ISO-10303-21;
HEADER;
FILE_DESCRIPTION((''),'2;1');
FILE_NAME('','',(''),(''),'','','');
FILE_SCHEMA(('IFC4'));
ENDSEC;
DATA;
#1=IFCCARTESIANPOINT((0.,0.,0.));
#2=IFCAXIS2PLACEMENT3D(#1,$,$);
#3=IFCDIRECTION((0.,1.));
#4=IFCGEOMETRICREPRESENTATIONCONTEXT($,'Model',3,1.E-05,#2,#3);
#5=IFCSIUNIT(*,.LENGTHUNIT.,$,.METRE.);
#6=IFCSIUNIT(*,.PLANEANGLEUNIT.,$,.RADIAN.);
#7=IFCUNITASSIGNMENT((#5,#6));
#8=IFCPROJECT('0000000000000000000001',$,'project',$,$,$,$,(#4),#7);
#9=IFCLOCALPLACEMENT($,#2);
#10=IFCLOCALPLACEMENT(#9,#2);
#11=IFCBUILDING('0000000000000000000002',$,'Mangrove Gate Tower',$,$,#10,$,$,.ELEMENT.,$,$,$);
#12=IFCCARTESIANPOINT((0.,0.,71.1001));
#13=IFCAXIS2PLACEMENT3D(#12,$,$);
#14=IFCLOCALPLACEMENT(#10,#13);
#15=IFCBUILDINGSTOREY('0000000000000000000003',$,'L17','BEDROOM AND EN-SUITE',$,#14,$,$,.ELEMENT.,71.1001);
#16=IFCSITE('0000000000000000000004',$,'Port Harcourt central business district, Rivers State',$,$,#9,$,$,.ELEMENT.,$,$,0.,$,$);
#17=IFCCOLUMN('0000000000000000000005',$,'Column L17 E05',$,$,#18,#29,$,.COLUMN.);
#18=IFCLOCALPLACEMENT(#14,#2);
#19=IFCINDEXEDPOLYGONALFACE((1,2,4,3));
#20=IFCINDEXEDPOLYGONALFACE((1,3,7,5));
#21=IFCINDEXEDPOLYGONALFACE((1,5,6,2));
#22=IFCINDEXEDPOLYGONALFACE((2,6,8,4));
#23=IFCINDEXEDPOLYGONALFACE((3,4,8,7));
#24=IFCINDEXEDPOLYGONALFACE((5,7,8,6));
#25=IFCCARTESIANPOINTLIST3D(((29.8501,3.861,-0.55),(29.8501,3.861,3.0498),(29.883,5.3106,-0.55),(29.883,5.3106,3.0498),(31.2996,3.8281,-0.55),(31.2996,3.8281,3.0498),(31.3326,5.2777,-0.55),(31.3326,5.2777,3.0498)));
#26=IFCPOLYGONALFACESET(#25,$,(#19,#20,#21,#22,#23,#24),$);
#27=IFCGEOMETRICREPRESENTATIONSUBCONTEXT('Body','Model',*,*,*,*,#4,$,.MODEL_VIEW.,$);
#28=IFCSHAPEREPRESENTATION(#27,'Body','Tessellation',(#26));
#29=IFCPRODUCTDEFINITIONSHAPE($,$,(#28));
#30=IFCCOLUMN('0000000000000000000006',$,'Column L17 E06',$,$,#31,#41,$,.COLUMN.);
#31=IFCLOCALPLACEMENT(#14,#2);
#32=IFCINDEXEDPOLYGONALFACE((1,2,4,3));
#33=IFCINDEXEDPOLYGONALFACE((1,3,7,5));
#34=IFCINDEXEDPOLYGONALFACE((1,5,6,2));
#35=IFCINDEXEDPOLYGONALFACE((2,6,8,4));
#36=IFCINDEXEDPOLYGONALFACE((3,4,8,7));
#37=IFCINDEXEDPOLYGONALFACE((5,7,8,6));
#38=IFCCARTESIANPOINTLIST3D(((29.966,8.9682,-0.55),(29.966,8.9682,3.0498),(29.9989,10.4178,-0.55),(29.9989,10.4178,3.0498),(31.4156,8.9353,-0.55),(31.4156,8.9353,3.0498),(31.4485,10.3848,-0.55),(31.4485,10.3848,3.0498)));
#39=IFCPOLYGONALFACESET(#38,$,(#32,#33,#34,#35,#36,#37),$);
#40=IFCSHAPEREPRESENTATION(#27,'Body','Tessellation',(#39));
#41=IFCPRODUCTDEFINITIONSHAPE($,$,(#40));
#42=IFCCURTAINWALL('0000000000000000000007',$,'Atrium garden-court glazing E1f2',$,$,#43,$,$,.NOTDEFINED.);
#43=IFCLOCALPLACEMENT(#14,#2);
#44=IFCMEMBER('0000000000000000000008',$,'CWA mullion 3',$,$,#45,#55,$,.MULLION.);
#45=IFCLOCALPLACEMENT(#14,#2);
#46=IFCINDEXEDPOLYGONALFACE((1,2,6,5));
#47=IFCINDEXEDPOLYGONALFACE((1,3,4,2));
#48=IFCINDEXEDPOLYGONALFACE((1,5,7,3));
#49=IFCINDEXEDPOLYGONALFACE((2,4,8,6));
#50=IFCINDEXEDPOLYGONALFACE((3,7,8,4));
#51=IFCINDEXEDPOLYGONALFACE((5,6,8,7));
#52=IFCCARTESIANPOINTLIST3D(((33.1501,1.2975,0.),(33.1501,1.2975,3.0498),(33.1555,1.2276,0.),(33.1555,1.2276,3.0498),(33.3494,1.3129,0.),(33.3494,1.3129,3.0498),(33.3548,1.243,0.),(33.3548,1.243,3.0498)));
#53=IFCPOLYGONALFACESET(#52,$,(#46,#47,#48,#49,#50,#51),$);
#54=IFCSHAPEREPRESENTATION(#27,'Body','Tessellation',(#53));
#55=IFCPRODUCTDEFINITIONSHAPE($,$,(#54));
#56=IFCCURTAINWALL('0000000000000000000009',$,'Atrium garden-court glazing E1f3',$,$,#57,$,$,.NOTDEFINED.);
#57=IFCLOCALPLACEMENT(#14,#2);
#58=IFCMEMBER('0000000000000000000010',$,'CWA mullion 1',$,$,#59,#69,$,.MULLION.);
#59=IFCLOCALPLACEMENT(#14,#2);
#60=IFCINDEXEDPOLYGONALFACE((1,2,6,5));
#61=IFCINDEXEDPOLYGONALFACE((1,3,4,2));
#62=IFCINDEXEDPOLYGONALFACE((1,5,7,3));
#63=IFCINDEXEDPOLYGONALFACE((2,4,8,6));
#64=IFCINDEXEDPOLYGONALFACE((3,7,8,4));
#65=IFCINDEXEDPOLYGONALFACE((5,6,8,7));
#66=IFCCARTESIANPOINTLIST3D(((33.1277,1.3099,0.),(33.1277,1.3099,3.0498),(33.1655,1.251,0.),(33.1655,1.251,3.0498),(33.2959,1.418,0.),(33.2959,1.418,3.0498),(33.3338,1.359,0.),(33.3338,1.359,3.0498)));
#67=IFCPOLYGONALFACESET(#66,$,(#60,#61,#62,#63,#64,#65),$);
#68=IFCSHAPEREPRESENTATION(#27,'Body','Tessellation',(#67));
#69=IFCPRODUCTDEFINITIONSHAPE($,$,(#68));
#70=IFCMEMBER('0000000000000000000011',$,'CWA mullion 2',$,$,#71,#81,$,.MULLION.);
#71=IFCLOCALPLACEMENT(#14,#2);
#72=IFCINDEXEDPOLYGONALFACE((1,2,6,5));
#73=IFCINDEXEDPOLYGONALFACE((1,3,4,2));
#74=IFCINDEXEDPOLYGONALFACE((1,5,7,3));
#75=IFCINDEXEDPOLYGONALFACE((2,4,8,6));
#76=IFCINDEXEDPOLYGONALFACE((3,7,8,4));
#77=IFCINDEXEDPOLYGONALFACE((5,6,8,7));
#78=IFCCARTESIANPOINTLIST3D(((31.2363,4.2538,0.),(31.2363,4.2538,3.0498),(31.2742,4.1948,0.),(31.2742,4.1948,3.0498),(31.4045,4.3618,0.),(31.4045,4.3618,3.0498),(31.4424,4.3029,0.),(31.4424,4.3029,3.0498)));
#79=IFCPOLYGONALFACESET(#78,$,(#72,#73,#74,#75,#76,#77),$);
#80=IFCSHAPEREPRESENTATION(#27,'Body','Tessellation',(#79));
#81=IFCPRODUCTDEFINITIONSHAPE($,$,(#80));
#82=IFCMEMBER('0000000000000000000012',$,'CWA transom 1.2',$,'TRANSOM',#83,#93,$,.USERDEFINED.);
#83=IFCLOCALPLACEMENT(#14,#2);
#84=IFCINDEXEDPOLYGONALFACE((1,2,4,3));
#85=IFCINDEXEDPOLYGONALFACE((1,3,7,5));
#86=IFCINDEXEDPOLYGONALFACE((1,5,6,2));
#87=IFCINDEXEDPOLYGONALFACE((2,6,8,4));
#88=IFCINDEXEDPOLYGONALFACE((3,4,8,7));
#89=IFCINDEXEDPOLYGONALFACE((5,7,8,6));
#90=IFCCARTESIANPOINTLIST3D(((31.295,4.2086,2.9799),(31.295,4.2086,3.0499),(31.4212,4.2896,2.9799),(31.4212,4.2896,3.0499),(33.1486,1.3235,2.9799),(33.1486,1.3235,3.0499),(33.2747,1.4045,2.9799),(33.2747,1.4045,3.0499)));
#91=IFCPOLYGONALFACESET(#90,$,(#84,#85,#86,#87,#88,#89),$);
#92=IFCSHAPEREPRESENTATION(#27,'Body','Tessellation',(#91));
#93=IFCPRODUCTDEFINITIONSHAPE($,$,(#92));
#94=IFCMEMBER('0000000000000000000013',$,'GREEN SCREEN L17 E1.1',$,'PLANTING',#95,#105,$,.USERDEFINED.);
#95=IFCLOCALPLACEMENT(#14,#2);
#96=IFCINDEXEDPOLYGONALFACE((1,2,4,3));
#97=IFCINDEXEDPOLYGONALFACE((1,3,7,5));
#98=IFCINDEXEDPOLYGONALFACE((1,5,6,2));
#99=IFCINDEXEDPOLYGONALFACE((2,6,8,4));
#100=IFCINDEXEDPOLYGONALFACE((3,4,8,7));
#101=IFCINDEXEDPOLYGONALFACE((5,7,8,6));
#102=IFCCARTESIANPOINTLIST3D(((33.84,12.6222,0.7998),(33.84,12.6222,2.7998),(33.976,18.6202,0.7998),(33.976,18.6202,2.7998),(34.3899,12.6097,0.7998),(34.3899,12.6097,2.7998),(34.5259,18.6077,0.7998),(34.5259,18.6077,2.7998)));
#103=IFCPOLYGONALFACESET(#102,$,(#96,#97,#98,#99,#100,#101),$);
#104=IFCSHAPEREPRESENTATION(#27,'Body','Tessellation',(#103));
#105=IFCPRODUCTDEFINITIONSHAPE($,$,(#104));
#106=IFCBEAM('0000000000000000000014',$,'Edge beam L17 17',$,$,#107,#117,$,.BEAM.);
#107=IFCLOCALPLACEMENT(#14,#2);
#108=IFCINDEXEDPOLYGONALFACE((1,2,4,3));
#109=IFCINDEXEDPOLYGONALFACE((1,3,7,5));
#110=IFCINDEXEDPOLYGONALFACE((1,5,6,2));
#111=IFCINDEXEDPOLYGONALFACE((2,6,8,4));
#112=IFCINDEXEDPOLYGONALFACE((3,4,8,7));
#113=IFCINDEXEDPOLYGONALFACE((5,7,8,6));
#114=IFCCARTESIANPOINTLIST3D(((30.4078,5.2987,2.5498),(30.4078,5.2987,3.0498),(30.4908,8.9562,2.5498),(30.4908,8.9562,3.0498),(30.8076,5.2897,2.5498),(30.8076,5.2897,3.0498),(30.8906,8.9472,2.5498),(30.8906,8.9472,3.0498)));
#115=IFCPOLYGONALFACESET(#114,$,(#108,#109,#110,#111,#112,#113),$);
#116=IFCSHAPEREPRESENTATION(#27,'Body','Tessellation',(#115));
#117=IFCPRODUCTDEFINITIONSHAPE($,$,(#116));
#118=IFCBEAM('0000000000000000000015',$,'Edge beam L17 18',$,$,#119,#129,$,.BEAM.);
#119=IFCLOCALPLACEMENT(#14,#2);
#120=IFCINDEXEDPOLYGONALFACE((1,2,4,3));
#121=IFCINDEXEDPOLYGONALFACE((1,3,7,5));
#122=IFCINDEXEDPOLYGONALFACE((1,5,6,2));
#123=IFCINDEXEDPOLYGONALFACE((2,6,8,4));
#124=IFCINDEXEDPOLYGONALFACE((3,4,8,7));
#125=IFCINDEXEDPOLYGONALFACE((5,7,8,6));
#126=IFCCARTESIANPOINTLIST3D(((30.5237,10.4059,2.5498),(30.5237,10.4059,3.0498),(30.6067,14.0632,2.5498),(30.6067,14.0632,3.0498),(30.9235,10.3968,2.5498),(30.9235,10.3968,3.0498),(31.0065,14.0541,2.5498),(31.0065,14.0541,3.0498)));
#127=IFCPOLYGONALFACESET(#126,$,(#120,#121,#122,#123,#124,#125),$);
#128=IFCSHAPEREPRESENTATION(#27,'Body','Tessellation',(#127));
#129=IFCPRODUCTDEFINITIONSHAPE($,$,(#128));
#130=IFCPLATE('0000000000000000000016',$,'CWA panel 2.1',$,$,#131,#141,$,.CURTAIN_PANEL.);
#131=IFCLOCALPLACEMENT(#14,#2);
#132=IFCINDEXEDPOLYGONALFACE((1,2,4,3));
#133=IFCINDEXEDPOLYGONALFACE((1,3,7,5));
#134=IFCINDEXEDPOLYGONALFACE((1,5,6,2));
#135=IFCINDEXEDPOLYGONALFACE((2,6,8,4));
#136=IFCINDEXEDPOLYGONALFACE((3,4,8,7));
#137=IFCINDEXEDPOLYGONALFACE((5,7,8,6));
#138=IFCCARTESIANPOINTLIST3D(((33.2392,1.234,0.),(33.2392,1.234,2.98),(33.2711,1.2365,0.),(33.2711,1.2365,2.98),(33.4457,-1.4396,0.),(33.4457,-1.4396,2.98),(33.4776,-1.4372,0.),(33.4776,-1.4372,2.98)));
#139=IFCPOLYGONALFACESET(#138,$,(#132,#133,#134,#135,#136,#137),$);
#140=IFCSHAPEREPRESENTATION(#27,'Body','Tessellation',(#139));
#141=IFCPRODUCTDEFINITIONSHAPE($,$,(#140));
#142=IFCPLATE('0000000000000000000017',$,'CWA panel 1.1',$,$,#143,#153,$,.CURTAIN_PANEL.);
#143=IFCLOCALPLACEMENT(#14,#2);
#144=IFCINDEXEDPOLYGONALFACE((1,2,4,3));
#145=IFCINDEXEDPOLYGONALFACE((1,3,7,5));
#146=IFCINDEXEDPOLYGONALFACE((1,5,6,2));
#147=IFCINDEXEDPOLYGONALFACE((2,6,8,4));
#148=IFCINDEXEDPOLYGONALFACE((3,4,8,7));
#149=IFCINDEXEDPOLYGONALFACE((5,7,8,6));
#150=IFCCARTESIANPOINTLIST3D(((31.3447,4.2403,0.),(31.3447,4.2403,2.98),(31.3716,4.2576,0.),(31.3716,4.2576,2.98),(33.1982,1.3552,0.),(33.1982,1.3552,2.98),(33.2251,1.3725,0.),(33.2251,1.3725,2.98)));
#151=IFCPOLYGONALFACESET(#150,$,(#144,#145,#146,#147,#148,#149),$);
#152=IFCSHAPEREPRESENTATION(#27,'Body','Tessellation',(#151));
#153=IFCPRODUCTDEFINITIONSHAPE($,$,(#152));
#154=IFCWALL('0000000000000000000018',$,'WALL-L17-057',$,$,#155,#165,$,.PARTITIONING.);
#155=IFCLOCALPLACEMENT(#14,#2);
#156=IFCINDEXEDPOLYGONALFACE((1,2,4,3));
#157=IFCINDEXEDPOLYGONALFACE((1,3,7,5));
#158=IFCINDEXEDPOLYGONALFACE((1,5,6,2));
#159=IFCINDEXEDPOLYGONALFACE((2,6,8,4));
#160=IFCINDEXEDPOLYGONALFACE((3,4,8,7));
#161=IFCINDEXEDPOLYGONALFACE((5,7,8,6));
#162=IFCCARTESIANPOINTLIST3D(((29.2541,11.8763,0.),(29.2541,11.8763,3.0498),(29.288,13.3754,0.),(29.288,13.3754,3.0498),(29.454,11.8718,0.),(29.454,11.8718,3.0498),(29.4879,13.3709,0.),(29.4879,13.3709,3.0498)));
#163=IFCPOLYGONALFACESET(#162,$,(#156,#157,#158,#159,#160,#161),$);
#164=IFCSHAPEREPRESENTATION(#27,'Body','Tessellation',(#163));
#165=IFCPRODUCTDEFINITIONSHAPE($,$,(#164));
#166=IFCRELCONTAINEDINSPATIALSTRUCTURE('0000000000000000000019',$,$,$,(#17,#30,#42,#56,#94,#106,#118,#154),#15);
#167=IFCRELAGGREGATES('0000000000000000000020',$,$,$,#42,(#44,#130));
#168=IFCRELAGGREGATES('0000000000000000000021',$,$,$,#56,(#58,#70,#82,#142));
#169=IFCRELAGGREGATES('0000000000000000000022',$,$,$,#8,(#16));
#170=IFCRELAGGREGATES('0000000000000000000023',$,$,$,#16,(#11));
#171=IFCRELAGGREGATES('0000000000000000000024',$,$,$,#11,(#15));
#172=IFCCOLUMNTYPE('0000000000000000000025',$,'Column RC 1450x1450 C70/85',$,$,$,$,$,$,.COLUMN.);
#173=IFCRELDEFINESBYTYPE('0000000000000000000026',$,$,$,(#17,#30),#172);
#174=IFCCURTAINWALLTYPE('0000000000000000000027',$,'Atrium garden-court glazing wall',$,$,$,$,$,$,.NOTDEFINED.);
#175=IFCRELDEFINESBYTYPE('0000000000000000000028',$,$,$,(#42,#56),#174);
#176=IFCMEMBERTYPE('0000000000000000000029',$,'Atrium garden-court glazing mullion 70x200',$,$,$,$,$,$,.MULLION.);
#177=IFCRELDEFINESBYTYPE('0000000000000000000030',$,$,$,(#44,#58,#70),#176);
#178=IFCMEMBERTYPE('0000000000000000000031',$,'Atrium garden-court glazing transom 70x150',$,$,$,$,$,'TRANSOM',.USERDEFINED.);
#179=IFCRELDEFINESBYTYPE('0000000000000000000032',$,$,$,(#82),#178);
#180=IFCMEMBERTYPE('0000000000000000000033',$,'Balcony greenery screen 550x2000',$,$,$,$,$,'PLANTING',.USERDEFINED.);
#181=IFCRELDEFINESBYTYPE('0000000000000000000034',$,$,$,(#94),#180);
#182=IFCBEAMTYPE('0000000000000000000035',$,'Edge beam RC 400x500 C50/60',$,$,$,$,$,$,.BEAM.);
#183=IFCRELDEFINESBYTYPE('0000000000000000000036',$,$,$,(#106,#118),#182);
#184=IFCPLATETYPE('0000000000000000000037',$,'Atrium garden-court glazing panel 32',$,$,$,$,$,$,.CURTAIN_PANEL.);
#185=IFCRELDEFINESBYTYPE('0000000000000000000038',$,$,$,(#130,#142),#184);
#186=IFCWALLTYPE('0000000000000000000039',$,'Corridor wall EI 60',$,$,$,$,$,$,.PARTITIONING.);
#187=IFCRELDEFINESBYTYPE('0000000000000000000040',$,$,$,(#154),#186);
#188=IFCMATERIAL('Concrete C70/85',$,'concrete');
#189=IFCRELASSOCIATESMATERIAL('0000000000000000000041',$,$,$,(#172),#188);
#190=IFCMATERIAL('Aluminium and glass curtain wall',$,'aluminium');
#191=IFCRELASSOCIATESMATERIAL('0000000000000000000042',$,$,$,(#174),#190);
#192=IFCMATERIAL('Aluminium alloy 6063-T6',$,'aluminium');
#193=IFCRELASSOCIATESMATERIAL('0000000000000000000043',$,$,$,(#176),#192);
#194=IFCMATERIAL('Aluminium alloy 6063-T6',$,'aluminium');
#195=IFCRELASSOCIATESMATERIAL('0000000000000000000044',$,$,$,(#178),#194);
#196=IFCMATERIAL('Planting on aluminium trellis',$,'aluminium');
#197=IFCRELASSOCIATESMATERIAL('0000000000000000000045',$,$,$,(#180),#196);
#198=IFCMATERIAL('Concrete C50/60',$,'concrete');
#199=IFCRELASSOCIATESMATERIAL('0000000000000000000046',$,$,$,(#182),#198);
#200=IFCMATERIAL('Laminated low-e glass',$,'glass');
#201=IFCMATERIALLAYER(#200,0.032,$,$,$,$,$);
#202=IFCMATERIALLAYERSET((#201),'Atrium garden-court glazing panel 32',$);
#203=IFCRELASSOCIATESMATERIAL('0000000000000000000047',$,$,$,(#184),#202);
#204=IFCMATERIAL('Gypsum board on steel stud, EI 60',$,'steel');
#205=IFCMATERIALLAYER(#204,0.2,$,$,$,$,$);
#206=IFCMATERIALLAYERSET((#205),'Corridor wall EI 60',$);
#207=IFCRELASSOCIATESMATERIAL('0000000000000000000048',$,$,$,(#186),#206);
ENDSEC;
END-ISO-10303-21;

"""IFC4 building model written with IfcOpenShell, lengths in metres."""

from ifc_helpers import new_model, si_unit, direction, frame, frame_2d, origin, origin_2d, place, context, subcontext, project, spatial, rectangle, extrude, material, layer, layer_set, material_profile, profile_set, type_object, element, aggregate, save


model = new_model("IFC4")

# Units and contexts
model_context = context("Model", 3, precision=1e-05, world=origin(), true_north=direction((0.0, 1.0)))
body_context = subcontext(model_context, "Body", "Model", "MODEL_VIEW")
ifc_project = project(units=[si_unit("LENGTHUNIT", "METRE"), si_unit("PLANEANGLEUNIT", "RADIAN")], contexts=[model_context])

# Site, building, storey
site_placement = place(None, origin())
site = spatial("IfcSite", under=ifc_project, at=site_placement, Name="Port Harcourt central business district, Rivers State", CompositionType="ELEMENT", RefElevation=0.0)
building_placement = place(site_placement, origin())
building = spatial("IfcBuilding", under=site, at=building_placement, Name="Mangrove Gate Tower", CompositionType="ELEMENT")
storey_placement = place(building_placement, frame((0.0, 0.0, 71.1001)))
storey = spatial("IfcBuildingStorey", under=building, at=storey_placement, Name="L17", Description="BEDROOM AND EN-SUITE", CompositionType="ELEMENT", Elevation=71.1001)

# Columns
ifc_material_1 = material(Name="Concrete C70/85", Category="concrete")
ifc_material_profile_1 = material_profile(ifc_material_1, rectangle(XDim=1.45, YDim=1.45, at=origin_2d()))
ifc_profile_set_1 = profile_set([ifc_material_profile_1], Name="Concrete C70/85")
column_type = type_object("IfcColumnType", Name="Column RC 1450x1450 C70/85", PredefinedType="COLUMN", material=ifc_profile_set_1)
for number, where, z_axis, x_axis, name in (
    (1, (30.5913, 4.5693, -0.55), (0.0, 0.0, 1.0), (0.022695, 0.999742, 0.0), "Column L17 E05"),
    (2, (30.7073, 9.6765, -0.55), (0.0, 0.0, 1.0), (0.022708, 0.999742, 0.0), "Column L17 E06"),
):
    element("IfcColumn", number, at=place(storey_placement, frame(where, z_axis=z_axis, x_axis=x_axis)), inside=storey, type_object=column_type, Name=name, PredefinedType="COLUMN", context=body_context, shape_type="SweptSolid", body=[
        extrude(rectangle(XDim=1.45, YDim=1.45, at=origin_2d()), origin(), (0.0, 0.0, 1.0), 3.5999),
    ])

# Curtain wall, member
ifc_material_2 = material(Name="Aluminium and glass curtain wall", Category="aluminium")
curtain_wall_type = type_object("IfcCurtainWallType", Name="Atrium garden-court glazing wall", PredefinedType="NOTDEFINED", material=ifc_material_2)
curtain_wall_1_placement = place(storey_placement, origin())
curtain_wall_1 = element("IfcCurtainWall", 3, at=curtain_wall_1_placement, inside=storey, type_object=curtain_wall_type, Name="Atrium garden-court glazing E1f2", PredefinedType="NOTDEFINED")
ifc_material_3 = material(Name="Aluminium alloy 6063-T6", Category="aluminium")
ifc_material_profile_2 = material_profile(ifc_material_3, rectangle(XDim=0.0701, YDim=0.2, at=origin_2d()))
ifc_profile_set_2 = profile_set([ifc_material_profile_2], Name="Aluminium alloy 6063-T6")
member_type_1 = type_object("IfcMemberType", Name="Atrium garden-court glazing mullion 70x200", PredefinedType="MULLION", material=ifc_profile_set_2)
member_1_placement = place(storey_placement, frame((33.2524, 1.2703, 0.0), z_axis=(0.0, 0.0, 1.0), x_axis=(-0.077023, 0.997029, 0.0)))
member_1 = element("IfcMember", 4, at=member_1_placement, type_object=member_type_1, Name="CWA mullion 3", PredefinedType="MULLION", context=body_context, shape_type="SweptSolid", body=[
    extrude(rectangle(XDim=0.0701, YDim=0.2, at=origin_2d()), origin(), (0.0, 0.0, 1.0), 3.0498),
])

# Curtain wall, members
curtain_wall_2_placement = place(storey_placement, origin())
curtain_wall_2 = element("IfcCurtainWall", 5, at=curtain_wall_2_placement, inside=storey, type_object=curtain_wall_type, Name="Atrium garden-court glazing E1f3", PredefinedType="NOTDEFINED")
member_2_placement = place(storey_placement, frame((33.2307, 1.3345, 0.0), z_axis=(0.0, 0.0, 1.0), x_axis=(-0.540525, 0.841328, 0.0)))
member_2 = element("IfcMember", 6, at=member_2_placement, type_object=member_type_1, Name="CWA mullion 1", PredefinedType="MULLION", context=body_context, shape_type="SweptSolid", body=[
    extrude(rectangle(XDim=0.0701, YDim=0.2, at=origin_2d()), origin(), (0.0, 0.0, 1.0), 3.0498),
])
member_3_placement = place(storey_placement, frame((31.3394, 4.2783, 0.0), z_axis=(0.0, 0.0, 1.0), x_axis=(-0.540525, 0.841328, 0.0)))
member_3 = element("IfcMember", 7, at=member_3_placement, type_object=member_type_1, Name="CWA mullion 2", PredefinedType="MULLION", context=body_context, shape_type="SweptSolid", body=[
    extrude(rectangle(XDim=0.0701, YDim=0.2, at=origin_2d()), origin(), (0.0, 0.0, 1.0), 3.0498),
])
ifc_material_4 = material(Name="Aluminium alloy 6063-T6", Category="aluminium")
ifc_material_profile_3 = material_profile(ifc_material_4, rectangle(XDim=0.0701, YDim=0.1499, at=origin_2d()))
ifc_profile_set_3 = profile_set([ifc_material_profile_3], Name="Aluminium alloy 6063-T6")
member_type_2 = type_object("IfcMemberType", Name="Atrium garden-court glazing transom 70x150", ElementType="TRANSOM", PredefinedType="USERDEFINED", material=ifc_profile_set_3)
member_4_placement = place(storey_placement, frame((33.2117, 1.364, 3.0149), z_axis=(-0.540524, 0.841329, 0.0), x_axis=(0.0, 0.0, 1.0)))
member_4 = element("IfcMember", 8, at=member_4_placement, type_object=member_type_2, Name="CWA transom 1.2", ObjectType="TRANSOM", PredefinedType="USERDEFINED", context=body_context, shape_type="SweptSolid", body=[
    extrude(rectangle(XDim=0.0701, YDim=0.1499, at=origin_2d()), origin(), (0.0, 0.0, 1.0), 3.4292),
])

# Member
ifc_material_5 = material(Name="Planting on aluminium trellis", Category="aluminium")
ifc_material_profile_4 = material_profile(ifc_material_5, rectangle(XDim=0.55, YDim=2.0, at=origin_2d()))
ifc_profile_set_4 = profile_set([ifc_material_profile_4], Name="Planting on aluminium trellis")
member_type_3 = type_object("IfcMemberType", Name="Balcony greenery screen 550x2000", ElementType="PLANTING", PredefinedType="USERDEFINED", material=ifc_profile_set_4)
member_5_placement = place(storey_placement, frame((34.115, 12.616, 1.7998), z_axis=(0.022666, 0.999743, 0.0), x_axis=(-0.999743, 0.022666, 0.0)))
element("IfcMember", 9, at=member_5_placement, inside=storey, type_object=member_type_3, Name="GREEN SCREEN L17 E1.1", ObjectType="PLANTING", PredefinedType="USERDEFINED", context=body_context, shape_type="SweptSolid", body=[
    extrude(rectangle(XDim=0.55, YDim=2.0, at=origin_2d()), origin(), (0.0, 0.0, 1.0), 5.9995),
])

# Beams
ifc_material_6 = material(Name="Concrete C50/60", Category="concrete")
ifc_material_profile_5 = material_profile(ifc_material_6, rectangle(XDim=0.3999, YDim=0.5, at=origin_2d()))
ifc_profile_set_5 = profile_set([ifc_material_profile_5], Name="Concrete C50/60")
beam_type = type_object("IfcBeamType", Name="Edge beam RC 400x500 C50/60", PredefinedType="BEAM", material=ifc_profile_set_5)
beam_1_placement = place(storey_placement, frame((30.6077, 5.2942, 2.7998), z_axis=(0.02269, 0.999743, 0.0), x_axis=(-0.999743, 0.02269, 0.0)))
element("IfcBeam", 10, at=beam_1_placement, inside=storey, type_object=beam_type, Name="Edge beam L17 17", PredefinedType="BEAM", context=body_context, shape_type="SweptSolid", body=[
    extrude(rectangle(XDim=0.3999, YDim=0.5, at=origin_2d()), origin(), (0.0, 0.0, 1.0), 3.6584),
])
beam_2_placement = place(storey_placement, frame((30.7236, 10.4014, 2.7998), z_axis=(0.022691, 0.999743, 0.0), x_axis=(-0.999743, 0.022691, 0.0)))
element("IfcBeam", 11, at=beam_2_placement, inside=storey, type_object=beam_type, Name="Edge beam L17 18", PredefinedType="BEAM", context=body_context, shape_type="SweptSolid", body=[
    extrude(rectangle(XDim=0.3999, YDim=0.5, at=origin_2d()), origin(), (0.0, 0.0, 1.0), 3.6582),
])

# Plates
ifc_material_7 = material(Name="Laminated low-e glass", Category="glass")
ifc_layer_1 = layer(ifc_material_7, 0.032)
ifc_layer_set_1 = layer_set([ifc_layer_1], Name="Atrium garden-court glazing panel 32")
plate_type = type_object("IfcPlateType", Name="Atrium garden-court glazing panel 32", PredefinedType="CURTAIN_PANEL", material=ifc_layer_set_1)
plate_1_placement = place(storey_placement, frame((33.3584, -0.1016, 0.0), z_axis=(0.0, 0.0, 1.0), x_axis=(-0.077023, 0.997029, 0.0)))
plate_1 = element("IfcPlate", 12, at=plate_1_placement, type_object=plate_type, Name="CWA panel 2.1", PredefinedType="CURTAIN_PANEL", context=body_context, shape_type="SweptSolid", body=[
    extrude(rectangle(XDim=2.6816, YDim=0.032, at=origin_2d()), origin(), (0.0, 0.0, 1.0), 2.98),
])
aggregate(curtain_wall_1, [member_1, plate_1])
plate_2_placement = place(storey_placement, frame((32.2849, 2.8064, 0.0), z_axis=(0.0, 0.0, 1.0), x_axis=(-0.540525, 0.841328, 0.0)))
plate_2 = element("IfcPlate", 13, at=plate_2_placement, type_object=plate_type, Name="CWA panel 1.1", PredefinedType="CURTAIN_PANEL", context=body_context, shape_type="SweptSolid", body=[
    extrude(rectangle(XDim=3.4292, YDim=0.032, at=origin_2d()), origin(), (0.0, 0.0, 1.0), 2.98),
])
aggregate(curtain_wall_2, [member_2, member_3, member_4, plate_2])

# Wall
ifc_material_8 = material(Name="Gypsum board on steel stud, EI 60", Category="steel")
ifc_layer_2 = layer(ifc_material_8, 0.2)
ifc_layer_set_2 = layer_set([ifc_layer_2], Name="Corridor wall EI 60")
wall_type_1 = type_object("IfcWallType", Name="Corridor wall EI 60", PredefinedType="PARTITIONING", material=ifc_layer_set_2)
wall_1_placement = place(storey_placement, frame((29.354, 11.874, 0.0), z_axis=(0.0, 0.0, 1.0), x_axis=(0.022633, 0.999744, 0.0)))
element("IfcWall", 14, at=wall_1_placement, inside=storey, type_object=wall_type_1, Name="WALL-L17-057", PredefinedType="PARTITIONING", context=body_context, shape_type="SweptSolid", body=[
    extrude(rectangle(XDim=1.4995, YDim=0.2, at=frame_2d((0.7498, 0.0))), origin(), (0.0, 0.0, 1.0), 3.0498),
])

save(model, "model.ifc")
